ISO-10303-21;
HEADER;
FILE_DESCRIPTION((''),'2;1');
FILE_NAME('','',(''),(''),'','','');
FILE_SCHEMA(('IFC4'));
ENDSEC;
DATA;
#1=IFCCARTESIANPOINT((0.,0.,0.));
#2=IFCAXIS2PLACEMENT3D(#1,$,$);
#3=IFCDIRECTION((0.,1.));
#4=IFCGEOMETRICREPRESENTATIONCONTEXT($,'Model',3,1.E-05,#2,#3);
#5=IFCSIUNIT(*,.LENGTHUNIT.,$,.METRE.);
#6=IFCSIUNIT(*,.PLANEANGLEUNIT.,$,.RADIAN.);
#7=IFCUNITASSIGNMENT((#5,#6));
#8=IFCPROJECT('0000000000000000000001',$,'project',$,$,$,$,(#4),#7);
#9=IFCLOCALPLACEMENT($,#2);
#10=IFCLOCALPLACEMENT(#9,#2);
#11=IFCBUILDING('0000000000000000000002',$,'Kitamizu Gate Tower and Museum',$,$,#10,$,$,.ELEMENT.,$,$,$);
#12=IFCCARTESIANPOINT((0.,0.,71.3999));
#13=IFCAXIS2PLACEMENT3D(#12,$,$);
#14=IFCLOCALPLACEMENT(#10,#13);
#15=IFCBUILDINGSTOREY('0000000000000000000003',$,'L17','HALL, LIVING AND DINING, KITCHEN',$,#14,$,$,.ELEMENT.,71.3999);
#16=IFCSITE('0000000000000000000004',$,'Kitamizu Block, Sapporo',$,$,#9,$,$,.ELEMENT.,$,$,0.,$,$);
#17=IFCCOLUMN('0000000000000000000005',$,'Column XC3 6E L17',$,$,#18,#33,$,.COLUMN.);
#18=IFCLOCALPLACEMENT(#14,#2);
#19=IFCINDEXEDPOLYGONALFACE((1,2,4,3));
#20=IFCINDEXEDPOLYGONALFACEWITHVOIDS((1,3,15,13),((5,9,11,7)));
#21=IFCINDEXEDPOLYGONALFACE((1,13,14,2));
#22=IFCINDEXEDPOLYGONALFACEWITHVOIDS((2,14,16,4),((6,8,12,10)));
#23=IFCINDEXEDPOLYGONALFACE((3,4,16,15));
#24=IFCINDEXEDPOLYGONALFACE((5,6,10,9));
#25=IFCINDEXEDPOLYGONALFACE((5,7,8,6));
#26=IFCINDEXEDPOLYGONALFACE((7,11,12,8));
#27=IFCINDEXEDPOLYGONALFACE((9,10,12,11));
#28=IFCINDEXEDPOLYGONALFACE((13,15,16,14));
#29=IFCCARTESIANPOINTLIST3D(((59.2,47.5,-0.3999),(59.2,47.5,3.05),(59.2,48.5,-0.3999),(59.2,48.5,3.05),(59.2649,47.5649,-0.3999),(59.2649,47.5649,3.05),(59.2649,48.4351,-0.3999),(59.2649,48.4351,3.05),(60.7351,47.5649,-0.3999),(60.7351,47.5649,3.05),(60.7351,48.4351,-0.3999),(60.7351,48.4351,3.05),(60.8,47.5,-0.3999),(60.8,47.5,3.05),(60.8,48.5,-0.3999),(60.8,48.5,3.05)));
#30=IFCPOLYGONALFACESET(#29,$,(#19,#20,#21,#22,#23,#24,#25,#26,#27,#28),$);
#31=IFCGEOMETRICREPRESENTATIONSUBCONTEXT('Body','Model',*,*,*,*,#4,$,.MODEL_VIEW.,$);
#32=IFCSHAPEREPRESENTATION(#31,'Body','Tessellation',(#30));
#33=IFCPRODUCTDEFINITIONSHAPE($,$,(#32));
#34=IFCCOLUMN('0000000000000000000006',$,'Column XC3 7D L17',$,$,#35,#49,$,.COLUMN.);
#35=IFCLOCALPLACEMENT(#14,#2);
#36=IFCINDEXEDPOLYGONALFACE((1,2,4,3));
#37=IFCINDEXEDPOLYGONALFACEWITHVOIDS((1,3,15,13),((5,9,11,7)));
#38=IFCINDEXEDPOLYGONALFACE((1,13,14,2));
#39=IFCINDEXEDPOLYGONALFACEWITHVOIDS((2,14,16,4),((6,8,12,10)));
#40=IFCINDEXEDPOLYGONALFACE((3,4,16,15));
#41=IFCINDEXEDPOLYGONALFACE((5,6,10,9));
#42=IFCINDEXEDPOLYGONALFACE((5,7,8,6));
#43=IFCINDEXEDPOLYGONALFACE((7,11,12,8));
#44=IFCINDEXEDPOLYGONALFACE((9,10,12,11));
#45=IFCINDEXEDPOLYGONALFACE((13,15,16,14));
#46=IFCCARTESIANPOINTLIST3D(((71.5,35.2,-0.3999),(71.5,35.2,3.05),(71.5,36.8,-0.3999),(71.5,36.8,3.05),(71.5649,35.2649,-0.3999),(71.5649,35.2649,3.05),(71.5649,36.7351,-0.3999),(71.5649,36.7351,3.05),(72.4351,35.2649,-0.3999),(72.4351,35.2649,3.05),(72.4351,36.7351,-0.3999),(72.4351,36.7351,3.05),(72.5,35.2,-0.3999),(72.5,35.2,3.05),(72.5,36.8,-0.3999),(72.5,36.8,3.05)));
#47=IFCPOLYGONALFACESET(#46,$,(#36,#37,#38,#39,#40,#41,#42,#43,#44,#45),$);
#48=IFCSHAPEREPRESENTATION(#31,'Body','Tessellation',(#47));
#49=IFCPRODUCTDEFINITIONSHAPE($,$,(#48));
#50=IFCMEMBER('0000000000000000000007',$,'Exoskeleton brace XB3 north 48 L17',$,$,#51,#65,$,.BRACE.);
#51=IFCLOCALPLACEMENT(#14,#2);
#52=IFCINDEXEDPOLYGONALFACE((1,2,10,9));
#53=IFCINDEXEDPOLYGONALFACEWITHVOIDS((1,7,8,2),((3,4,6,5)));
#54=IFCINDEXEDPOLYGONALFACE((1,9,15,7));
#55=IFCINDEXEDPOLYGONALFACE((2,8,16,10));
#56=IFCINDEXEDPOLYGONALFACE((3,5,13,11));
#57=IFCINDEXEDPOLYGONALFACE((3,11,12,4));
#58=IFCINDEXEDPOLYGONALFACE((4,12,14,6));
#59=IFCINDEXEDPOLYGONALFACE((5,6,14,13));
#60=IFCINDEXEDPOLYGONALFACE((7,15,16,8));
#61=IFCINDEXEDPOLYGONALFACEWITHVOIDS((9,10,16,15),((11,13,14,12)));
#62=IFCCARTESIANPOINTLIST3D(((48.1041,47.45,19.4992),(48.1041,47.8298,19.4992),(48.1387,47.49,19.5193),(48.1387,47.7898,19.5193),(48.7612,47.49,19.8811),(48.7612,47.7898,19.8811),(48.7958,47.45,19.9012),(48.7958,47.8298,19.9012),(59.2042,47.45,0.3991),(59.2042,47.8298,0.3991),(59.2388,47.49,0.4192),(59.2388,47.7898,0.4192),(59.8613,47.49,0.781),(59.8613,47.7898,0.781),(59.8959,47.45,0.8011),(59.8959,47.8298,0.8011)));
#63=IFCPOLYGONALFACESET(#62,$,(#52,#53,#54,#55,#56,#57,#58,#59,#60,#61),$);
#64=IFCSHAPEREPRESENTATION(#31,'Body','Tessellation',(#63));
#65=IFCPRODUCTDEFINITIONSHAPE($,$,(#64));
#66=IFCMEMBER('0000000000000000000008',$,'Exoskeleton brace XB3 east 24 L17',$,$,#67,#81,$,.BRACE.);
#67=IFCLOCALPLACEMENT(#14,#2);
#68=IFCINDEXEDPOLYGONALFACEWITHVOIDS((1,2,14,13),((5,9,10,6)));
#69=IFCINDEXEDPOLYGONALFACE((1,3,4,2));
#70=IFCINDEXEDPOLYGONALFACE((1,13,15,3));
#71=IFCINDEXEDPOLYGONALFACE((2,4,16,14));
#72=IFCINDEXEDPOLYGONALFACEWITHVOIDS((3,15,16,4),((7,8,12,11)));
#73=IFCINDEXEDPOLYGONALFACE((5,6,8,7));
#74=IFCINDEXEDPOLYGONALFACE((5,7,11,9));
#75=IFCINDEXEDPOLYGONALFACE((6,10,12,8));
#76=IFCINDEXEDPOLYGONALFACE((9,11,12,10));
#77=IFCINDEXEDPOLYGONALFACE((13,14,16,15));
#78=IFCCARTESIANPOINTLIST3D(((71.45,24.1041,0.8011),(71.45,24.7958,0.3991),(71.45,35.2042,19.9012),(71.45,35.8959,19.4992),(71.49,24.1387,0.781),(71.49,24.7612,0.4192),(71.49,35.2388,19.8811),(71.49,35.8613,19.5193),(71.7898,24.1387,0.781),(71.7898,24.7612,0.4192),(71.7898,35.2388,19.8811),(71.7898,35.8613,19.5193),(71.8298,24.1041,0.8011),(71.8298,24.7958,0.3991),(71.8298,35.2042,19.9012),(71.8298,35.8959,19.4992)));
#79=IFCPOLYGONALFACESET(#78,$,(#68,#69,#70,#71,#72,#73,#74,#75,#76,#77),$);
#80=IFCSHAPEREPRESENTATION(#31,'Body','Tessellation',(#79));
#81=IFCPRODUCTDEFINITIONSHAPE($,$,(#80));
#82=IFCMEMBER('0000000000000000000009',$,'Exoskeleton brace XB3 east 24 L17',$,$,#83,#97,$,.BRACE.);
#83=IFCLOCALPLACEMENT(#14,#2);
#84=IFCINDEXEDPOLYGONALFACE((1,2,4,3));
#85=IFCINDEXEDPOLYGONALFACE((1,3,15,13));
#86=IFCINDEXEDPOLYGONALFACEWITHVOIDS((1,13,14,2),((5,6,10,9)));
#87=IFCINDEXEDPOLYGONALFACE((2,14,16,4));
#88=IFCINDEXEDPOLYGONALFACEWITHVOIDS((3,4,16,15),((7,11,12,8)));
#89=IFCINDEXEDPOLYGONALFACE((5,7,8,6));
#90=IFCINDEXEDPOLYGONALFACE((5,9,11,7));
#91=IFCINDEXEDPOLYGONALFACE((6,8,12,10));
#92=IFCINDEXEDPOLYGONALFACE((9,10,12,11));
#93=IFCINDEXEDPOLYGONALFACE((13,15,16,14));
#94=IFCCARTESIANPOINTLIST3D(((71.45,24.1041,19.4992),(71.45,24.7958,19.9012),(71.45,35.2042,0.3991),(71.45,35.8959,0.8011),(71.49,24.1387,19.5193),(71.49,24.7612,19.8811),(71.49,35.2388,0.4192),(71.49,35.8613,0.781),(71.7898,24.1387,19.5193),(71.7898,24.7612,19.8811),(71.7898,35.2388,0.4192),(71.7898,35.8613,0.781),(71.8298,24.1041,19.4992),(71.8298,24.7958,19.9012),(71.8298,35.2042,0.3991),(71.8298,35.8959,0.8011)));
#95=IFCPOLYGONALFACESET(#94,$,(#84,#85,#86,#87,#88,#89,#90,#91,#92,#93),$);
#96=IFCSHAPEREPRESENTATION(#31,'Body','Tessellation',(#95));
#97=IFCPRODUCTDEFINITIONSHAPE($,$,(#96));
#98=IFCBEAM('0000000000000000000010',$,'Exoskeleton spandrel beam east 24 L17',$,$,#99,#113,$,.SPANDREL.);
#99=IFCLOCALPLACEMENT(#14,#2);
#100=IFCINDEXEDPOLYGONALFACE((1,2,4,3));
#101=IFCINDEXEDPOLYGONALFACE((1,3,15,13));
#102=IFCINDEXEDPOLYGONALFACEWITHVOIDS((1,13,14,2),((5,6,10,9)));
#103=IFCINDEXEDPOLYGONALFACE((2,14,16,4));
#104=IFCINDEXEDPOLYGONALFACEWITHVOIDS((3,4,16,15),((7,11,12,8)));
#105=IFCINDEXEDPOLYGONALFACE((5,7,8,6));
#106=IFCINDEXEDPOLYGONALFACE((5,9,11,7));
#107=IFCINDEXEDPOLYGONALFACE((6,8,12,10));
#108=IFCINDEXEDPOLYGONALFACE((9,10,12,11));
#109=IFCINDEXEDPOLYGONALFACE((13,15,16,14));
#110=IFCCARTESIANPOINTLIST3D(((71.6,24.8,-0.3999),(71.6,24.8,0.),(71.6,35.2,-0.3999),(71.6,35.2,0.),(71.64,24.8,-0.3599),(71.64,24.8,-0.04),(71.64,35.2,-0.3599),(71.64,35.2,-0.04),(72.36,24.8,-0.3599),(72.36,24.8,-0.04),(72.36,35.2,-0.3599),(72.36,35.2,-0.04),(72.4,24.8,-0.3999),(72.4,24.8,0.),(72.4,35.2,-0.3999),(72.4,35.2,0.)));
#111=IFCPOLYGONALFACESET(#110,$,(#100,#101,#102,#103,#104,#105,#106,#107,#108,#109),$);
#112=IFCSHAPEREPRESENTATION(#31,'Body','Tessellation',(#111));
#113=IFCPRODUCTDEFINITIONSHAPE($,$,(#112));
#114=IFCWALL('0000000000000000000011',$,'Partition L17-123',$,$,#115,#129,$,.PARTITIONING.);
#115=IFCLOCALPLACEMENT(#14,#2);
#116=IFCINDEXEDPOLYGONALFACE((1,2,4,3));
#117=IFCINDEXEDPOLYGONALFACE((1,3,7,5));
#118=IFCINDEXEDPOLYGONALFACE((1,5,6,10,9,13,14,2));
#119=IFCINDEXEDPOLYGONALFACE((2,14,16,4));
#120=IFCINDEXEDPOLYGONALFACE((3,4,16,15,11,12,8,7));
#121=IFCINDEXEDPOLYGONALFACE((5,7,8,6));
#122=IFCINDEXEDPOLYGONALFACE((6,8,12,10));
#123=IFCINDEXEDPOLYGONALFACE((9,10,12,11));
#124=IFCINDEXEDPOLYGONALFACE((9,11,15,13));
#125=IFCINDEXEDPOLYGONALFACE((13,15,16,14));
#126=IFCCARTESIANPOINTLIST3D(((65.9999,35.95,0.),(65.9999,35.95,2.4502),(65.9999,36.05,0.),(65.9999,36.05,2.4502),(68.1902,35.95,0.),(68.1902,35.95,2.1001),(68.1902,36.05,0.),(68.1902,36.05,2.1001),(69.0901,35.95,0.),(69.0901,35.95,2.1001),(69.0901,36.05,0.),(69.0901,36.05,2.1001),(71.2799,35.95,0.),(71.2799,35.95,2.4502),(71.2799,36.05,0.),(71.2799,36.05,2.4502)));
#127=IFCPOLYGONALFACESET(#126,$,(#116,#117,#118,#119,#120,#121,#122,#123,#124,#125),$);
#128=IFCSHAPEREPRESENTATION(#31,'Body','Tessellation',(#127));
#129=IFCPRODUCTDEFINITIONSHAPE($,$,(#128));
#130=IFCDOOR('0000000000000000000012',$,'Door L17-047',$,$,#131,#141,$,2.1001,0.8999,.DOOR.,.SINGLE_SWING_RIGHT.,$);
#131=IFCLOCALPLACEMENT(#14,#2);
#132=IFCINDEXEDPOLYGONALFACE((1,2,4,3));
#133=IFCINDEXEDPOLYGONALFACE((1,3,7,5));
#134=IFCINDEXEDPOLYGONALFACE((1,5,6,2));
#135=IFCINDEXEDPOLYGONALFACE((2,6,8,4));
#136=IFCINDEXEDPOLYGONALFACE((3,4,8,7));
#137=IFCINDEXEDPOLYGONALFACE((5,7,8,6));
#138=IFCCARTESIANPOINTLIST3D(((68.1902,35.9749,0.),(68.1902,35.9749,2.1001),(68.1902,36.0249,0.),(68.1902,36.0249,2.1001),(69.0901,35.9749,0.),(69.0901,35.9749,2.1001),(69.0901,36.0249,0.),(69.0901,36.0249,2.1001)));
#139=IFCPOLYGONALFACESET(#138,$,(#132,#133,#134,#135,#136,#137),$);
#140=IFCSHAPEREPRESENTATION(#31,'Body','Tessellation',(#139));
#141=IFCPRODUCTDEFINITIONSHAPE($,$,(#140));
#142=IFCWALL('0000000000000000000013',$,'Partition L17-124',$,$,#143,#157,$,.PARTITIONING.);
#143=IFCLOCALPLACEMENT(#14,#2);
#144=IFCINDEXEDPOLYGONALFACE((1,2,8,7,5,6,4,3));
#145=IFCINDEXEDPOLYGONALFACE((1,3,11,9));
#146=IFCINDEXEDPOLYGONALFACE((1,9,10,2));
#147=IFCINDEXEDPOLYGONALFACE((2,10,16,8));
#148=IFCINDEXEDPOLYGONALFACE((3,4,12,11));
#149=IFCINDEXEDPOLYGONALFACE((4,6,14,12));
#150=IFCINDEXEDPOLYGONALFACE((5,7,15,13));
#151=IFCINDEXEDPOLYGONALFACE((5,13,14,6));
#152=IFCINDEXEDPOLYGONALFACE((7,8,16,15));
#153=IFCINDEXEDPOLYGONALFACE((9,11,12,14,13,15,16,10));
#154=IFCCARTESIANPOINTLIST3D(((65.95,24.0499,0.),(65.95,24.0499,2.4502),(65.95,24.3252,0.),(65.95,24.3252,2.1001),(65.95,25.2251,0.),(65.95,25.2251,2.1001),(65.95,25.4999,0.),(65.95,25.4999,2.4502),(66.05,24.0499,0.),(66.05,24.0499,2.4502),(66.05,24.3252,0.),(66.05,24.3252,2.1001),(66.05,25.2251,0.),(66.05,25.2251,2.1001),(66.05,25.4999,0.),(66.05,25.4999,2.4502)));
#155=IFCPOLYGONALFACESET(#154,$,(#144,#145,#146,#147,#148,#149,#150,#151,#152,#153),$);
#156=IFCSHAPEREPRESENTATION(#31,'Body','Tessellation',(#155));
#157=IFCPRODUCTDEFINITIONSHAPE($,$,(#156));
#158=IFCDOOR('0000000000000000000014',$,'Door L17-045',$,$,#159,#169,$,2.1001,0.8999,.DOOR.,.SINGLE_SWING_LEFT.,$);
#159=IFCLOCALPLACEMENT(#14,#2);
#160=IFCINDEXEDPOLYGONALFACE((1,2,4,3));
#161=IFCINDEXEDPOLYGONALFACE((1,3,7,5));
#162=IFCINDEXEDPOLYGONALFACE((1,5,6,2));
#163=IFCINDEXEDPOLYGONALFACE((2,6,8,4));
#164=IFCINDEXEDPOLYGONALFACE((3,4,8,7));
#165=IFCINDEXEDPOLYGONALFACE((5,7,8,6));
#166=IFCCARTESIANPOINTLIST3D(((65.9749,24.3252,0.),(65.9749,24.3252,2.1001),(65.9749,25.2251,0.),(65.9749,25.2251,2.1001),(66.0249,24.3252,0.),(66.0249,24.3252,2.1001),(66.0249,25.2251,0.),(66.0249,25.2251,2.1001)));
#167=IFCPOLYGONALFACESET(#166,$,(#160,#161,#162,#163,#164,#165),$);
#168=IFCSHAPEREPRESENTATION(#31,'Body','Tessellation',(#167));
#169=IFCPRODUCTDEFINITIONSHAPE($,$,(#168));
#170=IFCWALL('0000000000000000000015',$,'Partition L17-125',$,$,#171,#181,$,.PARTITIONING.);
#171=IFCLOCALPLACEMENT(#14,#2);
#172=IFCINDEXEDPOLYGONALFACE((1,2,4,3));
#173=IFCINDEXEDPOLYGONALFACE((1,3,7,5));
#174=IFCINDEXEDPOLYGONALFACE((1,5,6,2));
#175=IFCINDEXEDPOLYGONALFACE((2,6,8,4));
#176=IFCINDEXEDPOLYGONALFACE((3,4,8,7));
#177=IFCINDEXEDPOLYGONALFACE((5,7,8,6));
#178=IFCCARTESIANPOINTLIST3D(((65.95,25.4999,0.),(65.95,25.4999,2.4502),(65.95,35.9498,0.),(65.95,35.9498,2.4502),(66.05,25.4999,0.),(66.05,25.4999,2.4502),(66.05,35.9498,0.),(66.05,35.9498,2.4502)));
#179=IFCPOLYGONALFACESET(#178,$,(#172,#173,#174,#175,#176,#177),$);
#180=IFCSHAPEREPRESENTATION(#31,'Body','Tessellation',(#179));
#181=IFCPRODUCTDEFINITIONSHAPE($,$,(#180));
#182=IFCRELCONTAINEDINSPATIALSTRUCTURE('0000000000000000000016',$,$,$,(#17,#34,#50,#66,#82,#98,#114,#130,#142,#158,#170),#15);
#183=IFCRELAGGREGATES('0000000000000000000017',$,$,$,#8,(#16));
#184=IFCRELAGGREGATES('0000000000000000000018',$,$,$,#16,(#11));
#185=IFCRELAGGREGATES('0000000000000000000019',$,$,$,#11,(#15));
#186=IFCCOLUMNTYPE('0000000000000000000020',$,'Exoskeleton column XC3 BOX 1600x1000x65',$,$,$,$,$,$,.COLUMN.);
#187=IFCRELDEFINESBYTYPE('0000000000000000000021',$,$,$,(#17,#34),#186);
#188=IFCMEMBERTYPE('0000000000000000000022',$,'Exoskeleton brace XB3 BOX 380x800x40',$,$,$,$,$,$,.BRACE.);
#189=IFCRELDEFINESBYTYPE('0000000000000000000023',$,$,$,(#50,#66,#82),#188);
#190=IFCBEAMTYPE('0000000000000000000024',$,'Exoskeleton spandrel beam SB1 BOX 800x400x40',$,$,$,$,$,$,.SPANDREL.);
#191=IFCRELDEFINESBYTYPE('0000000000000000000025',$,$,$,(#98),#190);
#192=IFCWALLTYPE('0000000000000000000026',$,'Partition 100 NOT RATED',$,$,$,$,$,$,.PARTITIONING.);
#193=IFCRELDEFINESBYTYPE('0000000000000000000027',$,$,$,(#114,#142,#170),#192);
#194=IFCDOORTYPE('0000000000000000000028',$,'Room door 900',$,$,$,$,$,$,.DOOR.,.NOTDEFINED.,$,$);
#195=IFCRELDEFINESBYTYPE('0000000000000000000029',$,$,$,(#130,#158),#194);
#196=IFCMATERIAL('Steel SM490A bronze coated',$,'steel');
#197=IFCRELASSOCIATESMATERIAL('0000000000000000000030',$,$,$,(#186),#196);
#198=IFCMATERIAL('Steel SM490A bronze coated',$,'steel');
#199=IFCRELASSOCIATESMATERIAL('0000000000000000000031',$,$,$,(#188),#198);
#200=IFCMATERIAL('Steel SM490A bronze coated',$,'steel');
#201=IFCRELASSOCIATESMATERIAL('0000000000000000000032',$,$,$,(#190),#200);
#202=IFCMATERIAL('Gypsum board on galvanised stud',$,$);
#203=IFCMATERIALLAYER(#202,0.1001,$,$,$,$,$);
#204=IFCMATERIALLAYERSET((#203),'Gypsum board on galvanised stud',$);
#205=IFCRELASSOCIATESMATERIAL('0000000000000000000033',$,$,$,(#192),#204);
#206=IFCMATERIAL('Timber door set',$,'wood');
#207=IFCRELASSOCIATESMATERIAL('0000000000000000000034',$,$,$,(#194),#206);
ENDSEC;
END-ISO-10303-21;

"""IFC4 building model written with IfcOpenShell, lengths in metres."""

from ifc_helpers import new_model, si_unit, direction, frame, frame_2d, origin, origin_2d, place, context, subcontext, project, spatial, rectangle, hollow_rectangle, extrude, material, layer, layer_set, material_profile, profile_set, type_object, element, fill, save


model = new_model("IFC4")

# Units and contexts
model_context = context("Model", 3, precision=1e-05, world=origin(), true_north=direction((0.0, 1.0)))
body_context = subcontext(model_context, "Body", "Model", "MODEL_VIEW")
ifc_project = project(units=[si_unit("LENGTHUNIT", "METRE"), si_unit("PLANEANGLEUNIT", "RADIAN")], contexts=[model_context])

# Site, building, storey
site_placement = place(None, origin())
site = spatial("IfcSite", under=ifc_project, at=site_placement, Name="Kitamizu Block, Sapporo", CompositionType="ELEMENT", RefElevation=0.0)
building_placement = place(site_placement, origin())
building = spatial("IfcBuilding", under=site, at=building_placement, Name="Kitamizu Gate Tower and Museum", CompositionType="ELEMENT")
storey_placement = place(building_placement, frame((0.0, 0.0, 71.3999)))
storey = spatial("IfcBuildingStorey", under=building, at=storey_placement, Name="L17", Description="HALL, LIVING AND DINING, KITCHEN", CompositionType="ELEMENT", Elevation=71.3999)

# Columns
ifc_material_1 = material(Name="Steel SM490A bronze coated", Category="steel")
ifc_material_profile_1 = material_profile(ifc_material_1, hollow_rectangle(XDim=1.6001, YDim=1.0, WallThickness=0.0649, at=origin_2d()), Name="BOX 1600x1000x65")
ifc_profile_set_1 = profile_set([ifc_material_profile_1], Name="Steel SM490A bronze coated")
column_type = type_object("IfcColumnType", Name="Exoskeleton column XC3 BOX 1600x1000x65", PredefinedType="COLUMN", material=ifc_profile_set_1)
for number, where, z_axis, x_axis, name in (
    (1, (60.0, 48.0, -0.3999), (0.0, 0.0, 1.0), (1.0, 0.0, 0.0), "Column XC3 6E L17"),
    (2, (72.0, 36.0, -0.3999), (0.0, 0.0, 1.0), (0.0, 1.0, 0.0), "Column XC3 7D L17"),
):
    element("IfcColumn", number, at=place(storey_placement, frame(where, z_axis=z_axis, x_axis=x_axis)), inside=storey, type_object=column_type, Name=name, PredefinedType="COLUMN", context=body_context, shape_type="SweptSolid", body=[
        extrude(hollow_rectangle(XDim=1.6001, YDim=1.0, WallThickness=0.0649, at=origin_2d()), origin(), (0.0, 0.0, 1.0), 3.45),
    ])

# Members
ifc_material_2 = material(Name="Steel SM490A bronze coated", Category="steel")
ifc_material_profile_2 = material_profile(ifc_material_2, hollow_rectangle(XDim=0.3799, YDim=0.8, WallThickness=0.04, at=origin_2d()), Name="BOX 380x800x40")
ifc_profile_set_2 = profile_set([ifc_material_profile_2], Name="Steel SM490A bronze coated")
member_type = type_object("IfcMemberType", Name="Exoskeleton brace XB3 BOX 380x800x40", PredefinedType="BRACE", material=ifc_profile_set_2)
for number, where, z_axis, x_axis, name in (
    (3, (59.55, 47.6399, 0.6001), (-0.502464, 0.0, 0.864598), (0.0, -1.0, 0.0), "Exoskeleton brace XB3 north 48 L17"),
    (4, (71.6399, 24.45, 0.6001), (0.0, 0.502464, 0.864598), (-1.0, 0.0, 0.0), "Exoskeleton brace XB3 east 24 L17"),
    (5, (71.6399, 35.55, 0.6001), (0.0, -0.502464, 0.864598), (1.0, 0.0, 0.0), "Exoskeleton brace XB3 east 24 L17"),
):
    element("IfcMember", number, at=place(storey_placement, frame(where, z_axis=z_axis, x_axis=x_axis)), inside=storey, type_object=member_type, Name=name, PredefinedType="BRACE", context=body_context, shape_type="SweptSolid", body=[
        extrude(hollow_rectangle(XDim=0.3799, YDim=0.8, WallThickness=0.04, at=origin_2d()), origin(), (0.0, 0.0, 1.0), 22.0913),
    ])

# Beam
ifc_material_3 = material(Name="Steel SM490A bronze coated", Category="steel")
ifc_material_profile_3 = material_profile(ifc_material_3, hollow_rectangle(XDim=0.8, YDim=0.3999, WallThickness=0.04, at=origin_2d()), Name="BOX 800x400x40")
ifc_profile_set_3 = profile_set([ifc_material_profile_3], Name="Steel SM490A bronze coated")
beam_type = type_object("IfcBeamType", Name="Exoskeleton spandrel beam SB1 BOX 800x400x40", PredefinedType="SPANDREL", material=ifc_profile_set_3)
beam_placement = place(storey_placement, frame((72.0, 24.8, -0.2), z_axis=(0.0, 1.0, 0.0), x_axis=(-1.0, 0.0, 0.0)))
element("IfcBeam", 6, at=beam_placement, inside=storey, type_object=beam_type, Name="Exoskeleton spandrel beam east 24 L17", PredefinedType="SPANDREL", context=body_context, shape_type="SweptSolid", body=[
    extrude(hollow_rectangle(XDim=0.8, YDim=0.3999, WallThickness=0.04, at=origin_2d()), origin(), (0.0, 0.0, 1.0), 10.3999),
])

# Walls, openings, doors
ifc_material_4 = material(Name="Gypsum board on galvanised stud")
ifc_layer_1 = layer(ifc_material_4, 0.1001)
ifc_layer_set_1 = layer_set([ifc_layer_1], Name="Gypsum board on galvanised stud")
wall_type_1 = type_object("IfcWallType", Name="Partition 100 NOT RATED", PredefinedType="PARTITIONING", material=ifc_layer_set_1)
wall_1_placement = place(storey_placement, frame((71.28, 36.0, 0.0), z_axis=(0.0, 0.0, 1.0), x_axis=(-1.0, 0.0, 0.0)))
wall_1 = element("IfcWall", 7, at=wall_1_placement, inside=storey, type_object=wall_type_1, Name="Partition L17-123", PredefinedType="PARTITIONING", context=body_context, shape_type="SweptSolid", body=[
    extrude(rectangle(XDim=5.28, YDim=0.1001, at=frame_2d((2.6401, 0.0))), origin(), (0.0, 0.0, 1.0), 2.4502),
])
opening_1_placement = place(wall_1_placement, frame((2.1899, 0.0, 0.0)))
opening_1 = element("IfcOpeningElement", 8, at=opening_1_placement, cuts=wall_1, PredefinedType="OPENING", context=body_context, shape_type="SweptSolid", body=[
    extrude(rectangle(XDim=0.8999, YDim=2.1001, at=frame_2d((0.45, 1.05))), frame((0.0, 0.0601, 0.0), z_axis=(0.0, -1.0, 0.0), x_axis=(1.0, 0.0, 0.0)), (0.0, 0.0, 1.0), 0.1201),
])
ifc_material_5 = material(Name="Timber door set", Category="wood")
door_type_1 = type_object("IfcDoorType", Name="Room door 900", OperationType="NOTDEFINED", PredefinedType="DOOR", material=ifc_material_5)
door_1_placement = place(opening_1_placement, frame((0.8999, 0.0, 0.0), x_axis=(-1.0, 0.0, 0.0)))
door_1 = element("IfcDoor", 9, at=door_1_placement, inside=storey, type_object=door_type_1, Name="Door L17-047", OperationType="SINGLE_SWING_RIGHT", OverallHeight=2.1001, OverallWidth=0.8999, PredefinedType="DOOR", context=body_context, shape_type="SweptSolid", body=[
    extrude(rectangle(XDim=0.8999, YDim=2.1001, at=frame_2d((0.45, 1.05))), frame((0.0, 0.0249, 0.0), z_axis=(0.0, -1.0, 0.0), x_axis=(1.0, 0.0, 0.0)), (0.0, 0.0, 1.0), 0.05),
])
fill(opening_1, door_1)
wall_2_placement = place(storey_placement, frame((66.0, 25.5, 0.0), z_axis=(0.0, 0.0, 1.0), x_axis=(0.0, -1.0, 0.0)))
wall_2 = element("IfcWall", 10, at=wall_2_placement, inside=storey, type_object=wall_type_1, Name="Partition L17-124", PredefinedType="PARTITIONING", context=body_context, shape_type="SweptSolid", body=[
    extrude(rectangle(XDim=1.45, YDim=0.1001, at=frame_2d((0.7251, 0.0))), origin(), (0.0, 0.0, 1.0), 2.4502),
])
opening_2_placement = place(wall_2_placement, frame((0.2749, 0.0, 0.0)))
opening_2 = element("IfcOpeningElement", 11, at=opening_2_placement, cuts=wall_2, PredefinedType="OPENING", context=body_context, shape_type="SweptSolid", body=[
    extrude(rectangle(XDim=0.8999, YDim=2.1001, at=frame_2d((0.45, 1.05))), frame((0.0, 0.0601, 0.0), z_axis=(0.0, -1.0, 0.0), x_axis=(1.0, 0.0, 0.0)), (0.0, 0.0, 1.0), 0.1201),
])
door_2_placement = place(opening_2_placement, origin())
door_2 = element("IfcDoor", 12, at=door_2_placement, inside=storey, type_object=door_type_1, Name="Door L17-045", OperationType="SINGLE_SWING_LEFT", OverallHeight=2.1001, OverallWidth=0.8999, PredefinedType="DOOR", context=body_context, shape_type="SweptSolid", body=[
    extrude(rectangle(XDim=0.8999, YDim=2.1001, at=frame_2d((0.45, 1.05))), frame((0.0, 0.0249, 0.0), z_axis=(0.0, -1.0, 0.0), x_axis=(1.0, 0.0, 0.0)), (0.0, 0.0, 1.0), 0.05),
])
fill(opening_2, door_2)

# Wall
wall_3_placement = place(storey_placement, frame((66.0, 35.95, 0.0), z_axis=(0.0, 0.0, 1.0), x_axis=(0.0, -1.0, 0.0)))
element("IfcWall", 13, at=wall_3_placement, inside=storey, type_object=wall_type_1, Name="Partition L17-125", PredefinedType="PARTITIONING", context=body_context, shape_type="SweptSolid", body=[
    extrude(rectangle(XDim=10.45, YDim=0.1001, at=frame_2d((5.2251, 0.0))), origin(), (0.0, 0.0, 1.0), 2.4502),
])

save(model, "model.ifc")
